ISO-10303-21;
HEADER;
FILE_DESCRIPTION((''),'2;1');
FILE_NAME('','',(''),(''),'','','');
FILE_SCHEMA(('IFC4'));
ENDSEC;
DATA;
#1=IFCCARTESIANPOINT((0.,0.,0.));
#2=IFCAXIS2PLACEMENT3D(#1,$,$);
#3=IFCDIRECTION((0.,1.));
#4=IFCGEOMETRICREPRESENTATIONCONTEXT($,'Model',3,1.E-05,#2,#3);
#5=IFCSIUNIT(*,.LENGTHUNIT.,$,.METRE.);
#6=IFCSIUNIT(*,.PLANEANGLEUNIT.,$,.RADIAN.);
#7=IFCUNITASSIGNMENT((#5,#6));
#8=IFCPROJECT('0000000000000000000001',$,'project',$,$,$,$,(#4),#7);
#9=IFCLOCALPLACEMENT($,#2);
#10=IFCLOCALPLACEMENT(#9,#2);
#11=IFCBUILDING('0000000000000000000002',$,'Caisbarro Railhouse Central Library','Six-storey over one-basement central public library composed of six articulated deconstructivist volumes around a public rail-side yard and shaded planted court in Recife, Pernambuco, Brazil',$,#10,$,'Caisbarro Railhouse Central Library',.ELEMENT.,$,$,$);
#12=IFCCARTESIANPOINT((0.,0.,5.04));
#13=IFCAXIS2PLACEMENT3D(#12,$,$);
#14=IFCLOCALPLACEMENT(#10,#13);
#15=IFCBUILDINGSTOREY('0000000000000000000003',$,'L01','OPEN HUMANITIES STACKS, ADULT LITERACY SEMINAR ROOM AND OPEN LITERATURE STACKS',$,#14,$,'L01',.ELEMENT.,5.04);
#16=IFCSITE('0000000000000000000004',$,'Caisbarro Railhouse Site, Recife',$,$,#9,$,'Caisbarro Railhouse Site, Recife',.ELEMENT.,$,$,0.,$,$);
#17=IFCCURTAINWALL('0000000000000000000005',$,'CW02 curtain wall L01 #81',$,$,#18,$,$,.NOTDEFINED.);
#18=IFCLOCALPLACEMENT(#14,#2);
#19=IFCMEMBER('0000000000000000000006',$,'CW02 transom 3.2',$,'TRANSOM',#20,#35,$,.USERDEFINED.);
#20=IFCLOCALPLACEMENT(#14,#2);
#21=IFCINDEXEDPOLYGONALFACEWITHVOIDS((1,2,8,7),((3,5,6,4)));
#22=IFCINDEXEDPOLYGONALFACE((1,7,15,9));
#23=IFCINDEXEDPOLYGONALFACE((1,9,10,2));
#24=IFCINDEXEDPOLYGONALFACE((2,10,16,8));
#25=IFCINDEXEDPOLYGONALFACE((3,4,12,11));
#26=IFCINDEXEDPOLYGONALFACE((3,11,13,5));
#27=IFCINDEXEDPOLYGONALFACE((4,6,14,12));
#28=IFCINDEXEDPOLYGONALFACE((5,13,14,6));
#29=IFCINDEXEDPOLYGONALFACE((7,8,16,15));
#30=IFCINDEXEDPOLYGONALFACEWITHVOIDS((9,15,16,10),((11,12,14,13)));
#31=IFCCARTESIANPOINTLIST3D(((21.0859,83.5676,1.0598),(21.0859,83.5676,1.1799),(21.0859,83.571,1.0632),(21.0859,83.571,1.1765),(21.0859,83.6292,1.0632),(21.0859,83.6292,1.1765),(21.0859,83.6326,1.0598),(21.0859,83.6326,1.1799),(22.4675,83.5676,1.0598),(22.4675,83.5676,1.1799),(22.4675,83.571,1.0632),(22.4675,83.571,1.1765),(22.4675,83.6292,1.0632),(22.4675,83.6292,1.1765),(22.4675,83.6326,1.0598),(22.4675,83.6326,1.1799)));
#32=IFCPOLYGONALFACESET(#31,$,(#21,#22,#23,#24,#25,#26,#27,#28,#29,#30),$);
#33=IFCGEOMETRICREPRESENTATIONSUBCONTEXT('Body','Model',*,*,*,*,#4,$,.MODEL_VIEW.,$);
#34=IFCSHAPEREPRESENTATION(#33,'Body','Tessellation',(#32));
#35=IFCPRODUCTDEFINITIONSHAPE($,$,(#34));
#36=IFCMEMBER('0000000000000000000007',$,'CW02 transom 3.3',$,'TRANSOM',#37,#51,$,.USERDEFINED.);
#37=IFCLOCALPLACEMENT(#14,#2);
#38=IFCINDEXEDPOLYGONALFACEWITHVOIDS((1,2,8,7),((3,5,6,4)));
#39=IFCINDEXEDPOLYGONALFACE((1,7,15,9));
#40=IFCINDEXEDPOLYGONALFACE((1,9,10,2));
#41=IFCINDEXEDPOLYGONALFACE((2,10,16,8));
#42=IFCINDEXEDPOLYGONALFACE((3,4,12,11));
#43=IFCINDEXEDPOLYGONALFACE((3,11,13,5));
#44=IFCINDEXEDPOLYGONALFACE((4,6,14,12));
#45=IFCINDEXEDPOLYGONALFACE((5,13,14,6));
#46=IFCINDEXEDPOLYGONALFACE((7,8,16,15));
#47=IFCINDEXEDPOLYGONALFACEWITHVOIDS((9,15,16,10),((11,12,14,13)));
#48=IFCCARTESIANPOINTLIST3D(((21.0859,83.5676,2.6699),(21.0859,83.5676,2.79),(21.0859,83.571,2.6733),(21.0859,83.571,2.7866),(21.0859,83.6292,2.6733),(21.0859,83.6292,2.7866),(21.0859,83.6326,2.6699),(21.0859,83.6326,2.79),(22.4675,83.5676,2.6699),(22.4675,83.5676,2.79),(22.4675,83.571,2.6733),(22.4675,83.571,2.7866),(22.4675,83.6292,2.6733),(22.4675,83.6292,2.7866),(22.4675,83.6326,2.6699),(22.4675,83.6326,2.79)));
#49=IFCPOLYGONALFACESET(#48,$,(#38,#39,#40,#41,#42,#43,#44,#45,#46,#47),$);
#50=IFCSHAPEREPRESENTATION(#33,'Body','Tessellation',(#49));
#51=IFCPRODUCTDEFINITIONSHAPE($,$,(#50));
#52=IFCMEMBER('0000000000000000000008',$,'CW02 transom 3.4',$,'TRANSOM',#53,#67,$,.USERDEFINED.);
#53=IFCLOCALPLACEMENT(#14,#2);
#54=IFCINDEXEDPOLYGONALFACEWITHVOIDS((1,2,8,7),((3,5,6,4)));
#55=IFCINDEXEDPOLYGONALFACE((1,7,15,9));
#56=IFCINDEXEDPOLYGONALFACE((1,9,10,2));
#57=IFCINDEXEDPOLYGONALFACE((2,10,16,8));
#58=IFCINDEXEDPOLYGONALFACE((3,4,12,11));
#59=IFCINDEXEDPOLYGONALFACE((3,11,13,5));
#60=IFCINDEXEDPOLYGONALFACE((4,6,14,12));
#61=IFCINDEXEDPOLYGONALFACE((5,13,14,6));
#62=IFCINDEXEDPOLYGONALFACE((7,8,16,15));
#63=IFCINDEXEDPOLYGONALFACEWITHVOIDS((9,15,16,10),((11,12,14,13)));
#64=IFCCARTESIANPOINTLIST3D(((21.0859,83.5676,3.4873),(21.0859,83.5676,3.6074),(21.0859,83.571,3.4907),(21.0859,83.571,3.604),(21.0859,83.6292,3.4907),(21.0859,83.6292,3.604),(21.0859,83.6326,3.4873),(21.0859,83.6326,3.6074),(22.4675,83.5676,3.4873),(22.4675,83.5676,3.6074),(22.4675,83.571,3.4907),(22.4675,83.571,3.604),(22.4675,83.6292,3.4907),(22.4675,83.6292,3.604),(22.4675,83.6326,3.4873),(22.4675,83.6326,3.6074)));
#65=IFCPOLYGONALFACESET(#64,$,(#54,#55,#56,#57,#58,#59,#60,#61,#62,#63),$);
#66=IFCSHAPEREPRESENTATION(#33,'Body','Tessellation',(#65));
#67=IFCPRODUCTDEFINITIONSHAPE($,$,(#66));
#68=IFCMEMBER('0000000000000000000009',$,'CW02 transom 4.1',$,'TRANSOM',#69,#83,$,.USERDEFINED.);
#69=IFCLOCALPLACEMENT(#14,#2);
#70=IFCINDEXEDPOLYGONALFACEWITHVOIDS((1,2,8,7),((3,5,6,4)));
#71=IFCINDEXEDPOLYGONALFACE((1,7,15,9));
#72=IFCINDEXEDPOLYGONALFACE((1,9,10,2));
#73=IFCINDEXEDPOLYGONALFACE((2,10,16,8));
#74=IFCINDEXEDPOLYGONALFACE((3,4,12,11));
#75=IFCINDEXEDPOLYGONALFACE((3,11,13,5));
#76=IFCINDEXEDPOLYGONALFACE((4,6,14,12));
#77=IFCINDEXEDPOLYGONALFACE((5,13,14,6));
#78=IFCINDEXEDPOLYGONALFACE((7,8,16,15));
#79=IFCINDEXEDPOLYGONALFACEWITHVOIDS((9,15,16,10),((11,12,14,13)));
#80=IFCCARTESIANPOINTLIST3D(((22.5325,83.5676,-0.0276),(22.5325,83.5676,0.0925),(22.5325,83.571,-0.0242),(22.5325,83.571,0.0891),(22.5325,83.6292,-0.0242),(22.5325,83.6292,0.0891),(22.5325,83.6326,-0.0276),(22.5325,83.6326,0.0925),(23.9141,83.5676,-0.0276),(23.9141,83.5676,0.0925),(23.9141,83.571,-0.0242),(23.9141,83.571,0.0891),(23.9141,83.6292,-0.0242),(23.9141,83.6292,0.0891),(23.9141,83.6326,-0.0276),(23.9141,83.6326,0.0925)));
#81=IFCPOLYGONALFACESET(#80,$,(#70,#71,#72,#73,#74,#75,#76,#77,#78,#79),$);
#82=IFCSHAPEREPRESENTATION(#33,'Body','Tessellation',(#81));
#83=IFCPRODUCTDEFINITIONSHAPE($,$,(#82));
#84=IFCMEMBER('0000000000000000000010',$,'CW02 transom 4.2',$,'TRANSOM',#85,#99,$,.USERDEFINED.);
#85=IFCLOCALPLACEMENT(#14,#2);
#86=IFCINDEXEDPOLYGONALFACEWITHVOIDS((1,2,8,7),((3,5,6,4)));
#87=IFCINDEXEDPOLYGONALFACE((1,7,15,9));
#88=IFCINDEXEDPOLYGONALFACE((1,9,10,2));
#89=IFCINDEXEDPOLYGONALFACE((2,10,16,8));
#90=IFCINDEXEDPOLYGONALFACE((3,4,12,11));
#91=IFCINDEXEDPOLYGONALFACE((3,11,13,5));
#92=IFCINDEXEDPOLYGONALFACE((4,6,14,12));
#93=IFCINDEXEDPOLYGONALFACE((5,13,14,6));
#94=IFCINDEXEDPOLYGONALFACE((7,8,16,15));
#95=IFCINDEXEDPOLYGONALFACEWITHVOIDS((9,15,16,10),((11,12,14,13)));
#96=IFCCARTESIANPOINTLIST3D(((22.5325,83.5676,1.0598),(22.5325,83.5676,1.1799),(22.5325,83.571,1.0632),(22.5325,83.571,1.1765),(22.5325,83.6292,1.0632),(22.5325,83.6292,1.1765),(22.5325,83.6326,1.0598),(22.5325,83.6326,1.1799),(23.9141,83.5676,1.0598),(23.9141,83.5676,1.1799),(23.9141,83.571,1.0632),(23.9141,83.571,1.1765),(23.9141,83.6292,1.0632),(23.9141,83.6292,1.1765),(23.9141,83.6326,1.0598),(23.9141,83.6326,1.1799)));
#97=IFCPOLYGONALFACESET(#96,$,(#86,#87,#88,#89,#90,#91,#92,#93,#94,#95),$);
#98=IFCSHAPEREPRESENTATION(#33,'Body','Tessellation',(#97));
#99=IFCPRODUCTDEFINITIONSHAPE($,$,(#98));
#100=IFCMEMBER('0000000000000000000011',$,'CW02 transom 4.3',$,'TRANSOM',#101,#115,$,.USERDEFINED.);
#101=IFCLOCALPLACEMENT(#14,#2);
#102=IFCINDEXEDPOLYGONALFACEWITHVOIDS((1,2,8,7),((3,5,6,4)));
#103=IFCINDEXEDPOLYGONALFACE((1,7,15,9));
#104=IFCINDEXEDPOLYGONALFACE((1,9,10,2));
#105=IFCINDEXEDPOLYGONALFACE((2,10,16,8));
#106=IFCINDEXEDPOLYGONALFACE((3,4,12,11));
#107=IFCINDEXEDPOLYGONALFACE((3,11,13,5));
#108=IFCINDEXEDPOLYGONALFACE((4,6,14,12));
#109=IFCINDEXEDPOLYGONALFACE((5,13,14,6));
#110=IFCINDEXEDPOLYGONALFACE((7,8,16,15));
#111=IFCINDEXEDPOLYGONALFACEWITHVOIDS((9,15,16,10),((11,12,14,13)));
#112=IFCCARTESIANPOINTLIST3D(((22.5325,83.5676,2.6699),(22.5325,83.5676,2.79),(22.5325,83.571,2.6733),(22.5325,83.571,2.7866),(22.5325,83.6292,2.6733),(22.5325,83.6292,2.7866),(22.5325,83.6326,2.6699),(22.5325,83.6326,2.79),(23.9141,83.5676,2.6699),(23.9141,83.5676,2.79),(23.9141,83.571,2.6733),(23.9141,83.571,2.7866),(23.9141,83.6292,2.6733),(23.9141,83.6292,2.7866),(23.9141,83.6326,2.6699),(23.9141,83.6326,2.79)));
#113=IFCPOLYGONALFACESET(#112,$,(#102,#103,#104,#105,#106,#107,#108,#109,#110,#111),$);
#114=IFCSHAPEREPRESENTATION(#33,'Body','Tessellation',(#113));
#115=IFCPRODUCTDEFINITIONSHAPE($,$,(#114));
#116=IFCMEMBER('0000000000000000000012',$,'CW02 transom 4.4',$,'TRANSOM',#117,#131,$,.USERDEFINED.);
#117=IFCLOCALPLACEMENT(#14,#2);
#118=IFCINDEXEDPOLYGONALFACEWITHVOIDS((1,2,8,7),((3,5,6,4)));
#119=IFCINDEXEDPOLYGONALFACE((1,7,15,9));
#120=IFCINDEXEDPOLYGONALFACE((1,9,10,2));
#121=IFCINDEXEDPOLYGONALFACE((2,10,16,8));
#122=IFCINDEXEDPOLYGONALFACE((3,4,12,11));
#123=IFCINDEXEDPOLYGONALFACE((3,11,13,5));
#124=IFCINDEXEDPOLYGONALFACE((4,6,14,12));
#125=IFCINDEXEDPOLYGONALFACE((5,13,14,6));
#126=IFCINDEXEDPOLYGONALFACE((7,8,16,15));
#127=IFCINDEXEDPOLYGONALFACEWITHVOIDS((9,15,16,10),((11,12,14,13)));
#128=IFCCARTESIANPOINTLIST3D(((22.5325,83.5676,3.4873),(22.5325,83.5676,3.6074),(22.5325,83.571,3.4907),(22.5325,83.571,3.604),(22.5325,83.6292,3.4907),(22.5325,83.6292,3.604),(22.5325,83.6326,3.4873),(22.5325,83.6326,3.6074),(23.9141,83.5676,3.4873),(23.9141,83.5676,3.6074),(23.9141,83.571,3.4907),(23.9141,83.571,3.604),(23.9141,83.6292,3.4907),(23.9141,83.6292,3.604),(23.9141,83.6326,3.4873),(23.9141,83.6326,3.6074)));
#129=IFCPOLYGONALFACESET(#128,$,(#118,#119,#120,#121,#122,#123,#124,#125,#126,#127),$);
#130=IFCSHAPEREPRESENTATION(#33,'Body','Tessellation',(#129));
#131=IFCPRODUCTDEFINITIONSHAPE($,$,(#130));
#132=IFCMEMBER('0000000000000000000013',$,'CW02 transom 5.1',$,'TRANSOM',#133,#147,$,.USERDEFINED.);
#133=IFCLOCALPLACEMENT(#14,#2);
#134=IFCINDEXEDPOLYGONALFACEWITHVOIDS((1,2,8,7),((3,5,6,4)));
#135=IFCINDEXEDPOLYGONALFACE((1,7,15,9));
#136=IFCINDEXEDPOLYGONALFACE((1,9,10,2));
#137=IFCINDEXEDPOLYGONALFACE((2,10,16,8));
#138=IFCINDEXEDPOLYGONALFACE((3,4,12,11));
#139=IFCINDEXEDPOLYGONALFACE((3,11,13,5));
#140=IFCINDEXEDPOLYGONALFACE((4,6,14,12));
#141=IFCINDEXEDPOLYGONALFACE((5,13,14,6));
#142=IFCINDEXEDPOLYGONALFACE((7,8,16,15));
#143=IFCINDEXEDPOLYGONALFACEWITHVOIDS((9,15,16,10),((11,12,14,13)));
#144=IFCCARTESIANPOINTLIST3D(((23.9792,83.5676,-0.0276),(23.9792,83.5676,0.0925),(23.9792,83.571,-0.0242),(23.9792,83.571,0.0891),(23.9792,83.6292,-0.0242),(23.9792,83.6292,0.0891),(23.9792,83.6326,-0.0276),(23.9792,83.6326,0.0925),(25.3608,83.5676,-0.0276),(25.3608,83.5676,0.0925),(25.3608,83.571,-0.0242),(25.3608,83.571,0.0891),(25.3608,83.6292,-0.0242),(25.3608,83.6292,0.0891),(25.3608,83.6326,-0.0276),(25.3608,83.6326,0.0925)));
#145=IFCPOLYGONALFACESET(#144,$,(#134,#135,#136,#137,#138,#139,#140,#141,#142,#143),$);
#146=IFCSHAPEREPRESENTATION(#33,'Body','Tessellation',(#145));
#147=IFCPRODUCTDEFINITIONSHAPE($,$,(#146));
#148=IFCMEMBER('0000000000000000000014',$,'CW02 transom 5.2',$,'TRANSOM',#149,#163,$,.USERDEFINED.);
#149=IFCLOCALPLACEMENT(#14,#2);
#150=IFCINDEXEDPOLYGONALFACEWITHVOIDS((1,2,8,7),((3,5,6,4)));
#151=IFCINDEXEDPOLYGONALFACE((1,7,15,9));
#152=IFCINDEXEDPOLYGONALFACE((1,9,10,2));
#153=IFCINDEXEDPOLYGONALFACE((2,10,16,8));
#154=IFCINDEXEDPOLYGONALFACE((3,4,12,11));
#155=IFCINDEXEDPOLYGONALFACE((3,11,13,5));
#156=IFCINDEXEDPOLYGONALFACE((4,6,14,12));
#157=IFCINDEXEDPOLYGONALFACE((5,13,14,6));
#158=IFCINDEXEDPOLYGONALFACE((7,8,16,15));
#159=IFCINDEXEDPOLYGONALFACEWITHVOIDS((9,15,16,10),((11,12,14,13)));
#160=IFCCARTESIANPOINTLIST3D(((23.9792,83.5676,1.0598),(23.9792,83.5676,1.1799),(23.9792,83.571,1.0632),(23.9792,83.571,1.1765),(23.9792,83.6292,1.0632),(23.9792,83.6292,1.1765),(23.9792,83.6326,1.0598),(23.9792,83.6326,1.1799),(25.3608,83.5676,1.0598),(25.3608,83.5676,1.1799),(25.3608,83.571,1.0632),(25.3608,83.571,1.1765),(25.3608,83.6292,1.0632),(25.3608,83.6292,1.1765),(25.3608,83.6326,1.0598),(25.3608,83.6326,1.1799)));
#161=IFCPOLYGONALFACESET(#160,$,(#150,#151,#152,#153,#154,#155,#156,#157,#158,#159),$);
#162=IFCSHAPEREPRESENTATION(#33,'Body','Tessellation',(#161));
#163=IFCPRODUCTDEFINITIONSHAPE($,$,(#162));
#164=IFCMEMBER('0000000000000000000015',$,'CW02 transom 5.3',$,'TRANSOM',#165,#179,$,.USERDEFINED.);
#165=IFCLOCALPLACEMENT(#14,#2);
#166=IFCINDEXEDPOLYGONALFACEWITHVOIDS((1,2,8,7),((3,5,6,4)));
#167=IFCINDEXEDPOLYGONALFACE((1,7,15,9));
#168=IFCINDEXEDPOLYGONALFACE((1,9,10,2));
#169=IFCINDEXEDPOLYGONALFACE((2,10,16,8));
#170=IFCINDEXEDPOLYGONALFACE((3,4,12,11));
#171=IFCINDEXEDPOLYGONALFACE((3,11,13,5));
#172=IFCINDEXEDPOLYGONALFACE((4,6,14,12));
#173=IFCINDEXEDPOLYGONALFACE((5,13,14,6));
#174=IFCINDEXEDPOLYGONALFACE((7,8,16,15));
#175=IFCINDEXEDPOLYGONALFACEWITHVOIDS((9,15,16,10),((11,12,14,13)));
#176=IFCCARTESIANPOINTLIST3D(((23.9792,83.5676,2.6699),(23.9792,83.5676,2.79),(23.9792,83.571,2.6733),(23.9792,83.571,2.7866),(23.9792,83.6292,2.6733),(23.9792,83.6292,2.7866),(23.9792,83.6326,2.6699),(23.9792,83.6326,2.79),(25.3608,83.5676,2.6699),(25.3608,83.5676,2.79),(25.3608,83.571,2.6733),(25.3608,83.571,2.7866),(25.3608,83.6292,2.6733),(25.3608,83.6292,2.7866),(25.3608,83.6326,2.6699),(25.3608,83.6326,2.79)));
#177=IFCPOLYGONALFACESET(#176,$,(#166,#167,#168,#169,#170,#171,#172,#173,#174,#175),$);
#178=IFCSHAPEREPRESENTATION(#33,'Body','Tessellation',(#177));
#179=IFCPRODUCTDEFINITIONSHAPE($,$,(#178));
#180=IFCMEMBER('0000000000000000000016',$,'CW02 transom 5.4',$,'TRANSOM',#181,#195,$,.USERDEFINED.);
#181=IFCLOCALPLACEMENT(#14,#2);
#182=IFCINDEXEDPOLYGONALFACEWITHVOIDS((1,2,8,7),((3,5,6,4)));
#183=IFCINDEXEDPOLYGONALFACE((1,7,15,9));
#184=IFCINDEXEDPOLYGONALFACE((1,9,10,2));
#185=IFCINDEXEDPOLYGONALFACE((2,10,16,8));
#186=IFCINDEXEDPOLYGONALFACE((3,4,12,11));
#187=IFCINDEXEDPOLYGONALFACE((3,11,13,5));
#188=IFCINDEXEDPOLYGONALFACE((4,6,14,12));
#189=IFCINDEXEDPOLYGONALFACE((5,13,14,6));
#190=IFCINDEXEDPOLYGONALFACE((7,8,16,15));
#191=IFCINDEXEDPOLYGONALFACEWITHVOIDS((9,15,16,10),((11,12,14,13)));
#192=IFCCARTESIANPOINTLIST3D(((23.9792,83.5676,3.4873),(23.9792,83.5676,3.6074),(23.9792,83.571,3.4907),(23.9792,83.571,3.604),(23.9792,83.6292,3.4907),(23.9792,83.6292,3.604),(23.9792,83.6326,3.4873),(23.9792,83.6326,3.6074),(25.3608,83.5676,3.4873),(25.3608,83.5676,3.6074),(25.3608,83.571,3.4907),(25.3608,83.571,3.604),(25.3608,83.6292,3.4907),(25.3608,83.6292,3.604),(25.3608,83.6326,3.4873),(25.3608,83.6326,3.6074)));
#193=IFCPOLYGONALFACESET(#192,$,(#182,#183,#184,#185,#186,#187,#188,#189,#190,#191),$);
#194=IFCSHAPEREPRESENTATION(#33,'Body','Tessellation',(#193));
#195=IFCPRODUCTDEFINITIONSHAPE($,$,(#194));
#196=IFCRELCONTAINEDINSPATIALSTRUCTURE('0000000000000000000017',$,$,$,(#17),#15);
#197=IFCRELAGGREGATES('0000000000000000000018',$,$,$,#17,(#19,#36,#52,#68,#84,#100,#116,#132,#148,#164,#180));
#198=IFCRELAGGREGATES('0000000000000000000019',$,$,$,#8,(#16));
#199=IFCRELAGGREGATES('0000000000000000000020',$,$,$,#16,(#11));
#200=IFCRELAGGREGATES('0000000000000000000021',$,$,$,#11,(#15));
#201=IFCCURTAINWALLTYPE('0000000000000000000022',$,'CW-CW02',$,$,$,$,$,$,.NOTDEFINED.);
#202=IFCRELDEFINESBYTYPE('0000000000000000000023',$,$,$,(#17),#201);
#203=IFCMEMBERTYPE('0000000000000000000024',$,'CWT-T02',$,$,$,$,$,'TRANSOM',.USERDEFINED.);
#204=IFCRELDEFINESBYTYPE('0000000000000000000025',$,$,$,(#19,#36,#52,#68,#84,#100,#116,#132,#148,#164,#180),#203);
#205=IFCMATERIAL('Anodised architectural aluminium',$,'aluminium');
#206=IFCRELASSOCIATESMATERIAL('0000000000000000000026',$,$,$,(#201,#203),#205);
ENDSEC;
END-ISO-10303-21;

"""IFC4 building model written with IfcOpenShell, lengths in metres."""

from ifc_helpers import new_model, si_unit, direction, frame, origin, origin_2d, place, context, subcontext, project, spatial, hollow_rectangle, extrude, material, material_profile, profile_set, type_object, element, aggregate, save


model = new_model("IFC4")

# Units and contexts
model_context = context("Model", 3, precision=1e-05, world=origin(), true_north=direction((0.0, 1.0)))
body_context = subcontext(model_context, "Body", "Model", "MODEL_VIEW")
ifc_project = project(units=[si_unit("LENGTHUNIT", "METRE"), si_unit("PLANEANGLEUNIT", "RADIAN")], contexts=[model_context])

# Site, building, storey
site_placement = place(None, origin())
site = spatial("IfcSite", under=ifc_project, at=site_placement, Name="Caisbarro Railhouse Site, Recife", LongName="Caisbarro Railhouse Site, Recife", CompositionType="ELEMENT", RefElevation=0.0)
building_placement = place(site_placement, origin())
building = spatial("IfcBuilding", under=site, at=building_placement, Name="Caisbarro Railhouse Central Library", Description="Six-storey over one-basement central public library composed of six articulated deconstructivist volumes around a public rail-side yard and shaded planted court in Recife, Pernambuco, Brazil", LongName="Caisbarro Railhouse Central Library", CompositionType="ELEMENT")
storey_placement = place(building_placement, frame((0.0, 0.0, 5.04)))
storey = spatial("IfcBuildingStorey", under=building, at=storey_placement, Name="L01", Description="OPEN HUMANITIES STACKS, ADULT LITERACY SEMINAR ROOM AND OPEN LITERATURE STACKS", LongName="L01", CompositionType="ELEMENT", Elevation=5.04)

# Curtain wall
ifc_material_1 = material(Name="Anodised architectural aluminium", Category="aluminium")
curtain_wall_type = type_object("IfcCurtainWallType", Name="CW-CW02", PredefinedType="NOTDEFINED", material=ifc_material_1)
curtain_wall_1_placement = place(storey_placement, origin())
curtain_wall_1 = element("IfcCurtainWall", 1, at=curtain_wall_1_placement, inside=storey, type_object=curtain_wall_type, Name="CW02 curtain wall L01 #81", PredefinedType="NOTDEFINED")

# Shared definitions
ifc_material_profile_1 = material_profile(ifc_material_1, hollow_rectangle(XDim=0.0649, YDim=0.1201, WallThickness=0.0034, at=origin_2d()), Name="ALU-TRN-65X120")
ifc_profile_set_1 = profile_set([ifc_material_profile_1], Name="Anodised architectural aluminium")
member_type_1 = type_object("IfcMemberType", Name="CWT-T02", ElementType="TRANSOM", PredefinedType="USERDEFINED", material=ifc_profile_set_1)

# Members
member_1_placement = place(storey_placement, frame((21.0859, 83.6001, 1.1199), z_axis=(1.0, 0.0, 0.0), x_axis=(0.0, 1.0, 0.0)))
member_1 = element("IfcMember", 2, at=member_1_placement, type_object=member_type_1, Name="CW02 transom 3.2", ObjectType="TRANSOM", PredefinedType="USERDEFINED", context=body_context, shape_type="SweptSolid", body=[
    extrude(hollow_rectangle(XDim=0.0649, YDim=0.1201, WallThickness=0.0034, at=origin_2d()), origin(), (0.0, 0.0, 1.0), 1.3816),
])
member_2_placement = place(storey_placement, frame((21.0859, 83.6001, 2.73), z_axis=(1.0, 0.0, 0.0), x_axis=(0.0, 1.0, 0.0)))
member_2 = element("IfcMember", 3, at=member_2_placement, type_object=member_type_1, Name="CW02 transom 3.3", ObjectType="TRANSOM", PredefinedType="USERDEFINED", context=body_context, shape_type="SweptSolid", body=[
    extrude(hollow_rectangle(XDim=0.0649, YDim=0.1201, WallThickness=0.0034, at=origin_2d()), origin(), (0.0, 0.0, 1.0), 1.3816),
])
member_3_placement = place(storey_placement, frame((21.0859, 83.6001, 3.5474), z_axis=(1.0, 0.0, 0.0), x_axis=(0.0, 1.0, 0.0)))
member_3 = element("IfcMember", 4, at=member_3_placement, type_object=member_type_1, Name="CW02 transom 3.4", ObjectType="TRANSOM", PredefinedType="USERDEFINED", context=body_context, shape_type="SweptSolid", body=[
    extrude(hollow_rectangle(XDim=0.0649, YDim=0.1201, WallThickness=0.0034, at=origin_2d()), origin(), (0.0, 0.0, 1.0), 1.3816),
])
member_4_placement = place(storey_placement, frame((22.5325, 83.6001, 0.0325), z_axis=(1.0, 0.0, 0.0), x_axis=(0.0, 1.0, 0.0)))
member_4 = element("IfcMember", 5, at=member_4_placement, type_object=member_type_1, Name="CW02 transom 4.1", ObjectType="TRANSOM", PredefinedType="USERDEFINED", context=body_context, shape_type="SweptSolid", body=[
    extrude(hollow_rectangle(XDim=0.0649, YDim=0.1201, WallThickness=0.0034, at=origin_2d()), origin(), (0.0, 0.0, 1.0), 1.3816),
])
member_5_placement = place(storey_placement, frame((22.5325, 83.6001, 1.1199), z_axis=(1.0, 0.0, 0.0), x_axis=(0.0, 1.0, 0.0)))
member_5 = element("IfcMember", 6, at=member_5_placement, type_object=member_type_1, Name="CW02 transom 4.2", ObjectType="TRANSOM", PredefinedType="USERDEFINED", context=body_context, shape_type="SweptSolid", body=[
    extrude(hollow_rectangle(XDim=0.0649, YDim=0.1201, WallThickness=0.0034, at=origin_2d()), origin(), (0.0, 0.0, 1.0), 1.3816),
])
member_6_placement = place(storey_placement, frame((22.5325, 83.6001, 2.73), z_axis=(1.0, 0.0, 0.0), x_axis=(0.0, 1.0, 0.0)))
member_6 = element("IfcMember", 7, at=member_6_placement, type_object=member_type_1, Name="CW02 transom 4.3", ObjectType="TRANSOM", PredefinedType="USERDEFINED", context=body_context, shape_type="SweptSolid", body=[
    extrude(hollow_rectangle(XDim=0.0649, YDim=0.1201, WallThickness=0.0034, at=origin_2d()), origin(), (0.0, 0.0, 1.0), 1.3816),
])
member_7_placement = place(storey_placement, frame((22.5325, 83.6001, 3.5474), z_axis=(1.0, 0.0, 0.0), x_axis=(0.0, 1.0, 0.0)))
member_7 = element("IfcMember", 8, at=member_7_placement, type_object=member_type_1, Name="CW02 transom 4.4", ObjectType="TRANSOM", PredefinedType="USERDEFINED", context=body_context, shape_type="SweptSolid", body=[
    extrude(hollow_rectangle(XDim=0.0649, YDim=0.1201, WallThickness=0.0034, at=origin_2d()), origin(), (0.0, 0.0, 1.0), 1.3816),
])
member_8_placement = place(storey_placement, frame((23.9792, 83.6001, 0.0325), z_axis=(1.0, 0.0, 0.0), x_axis=(0.0, 1.0, 0.0)))
member_8 = element("IfcMember", 9, at=member_8_placement, type_object=member_type_1, Name="CW02 transom 5.1", ObjectType="TRANSOM", PredefinedType="USERDEFINED", context=body_context, shape_type="SweptSolid", body=[
    extrude(hollow_rectangle(XDim=0.0649, YDim=0.1201, WallThickness=0.0034, at=origin_2d()), origin(), (0.0, 0.0, 1.0), 1.3816),
])
member_9_placement = place(storey_placement, frame((23.9792, 83.6001, 1.1199), z_axis=(1.0, 0.0, 0.0), x_axis=(0.0, 1.0, 0.0)))
member_9 = element("IfcMember", 10, at=member_9_placement, type_object=member_type_1, Name="CW02 transom 5.2", ObjectType="TRANSOM", PredefinedType="USERDEFINED", context=body_context, shape_type="SweptSolid", body=[
    extrude(hollow_rectangle(XDim=0.0649, YDim=0.1201, WallThickness=0.0034, at=origin_2d()), origin(), (0.0, 0.0, 1.0), 1.3816),
])
member_10_placement = place(storey_placement, frame((23.9792, 83.6001, 2.73), z_axis=(1.0, 0.0, 0.0), x_axis=(0.0, 1.0, 0.0)))
member_10 = element("IfcMember", 11, at=member_10_placement, type_object=member_type_1, Name="CW02 transom 5.3", ObjectType="TRANSOM", PredefinedType="USERDEFINED", context=body_context, shape_type="SweptSolid", body=[
    extrude(hollow_rectangle(XDim=0.0649, YDim=0.1201, WallThickness=0.0034, at=origin_2d()), origin(), (0.0, 0.0, 1.0), 1.3816),
])
member_11_placement = place(storey_placement, frame((23.9792, 83.6001, 3.5474), z_axis=(1.0, 0.0, 0.0), x_axis=(0.0, 1.0, 0.0)))
member_11 = element("IfcMember", 12, at=member_11_placement, type_object=member_type_1, Name="CW02 transom 5.4", ObjectType="TRANSOM", PredefinedType="USERDEFINED", context=body_context, shape_type="SweptSolid", body=[
    extrude(hollow_rectangle(XDim=0.0649, YDim=0.1201, WallThickness=0.0034, at=origin_2d()), origin(), (0.0, 0.0, 1.0), 1.3816),
])

aggregate(curtain_wall_1, [member_1, member_2, member_3, member_4, member_5, member_6, member_7, member_8, member_9, member_10, member_11])

save(model, "model.ifc")
